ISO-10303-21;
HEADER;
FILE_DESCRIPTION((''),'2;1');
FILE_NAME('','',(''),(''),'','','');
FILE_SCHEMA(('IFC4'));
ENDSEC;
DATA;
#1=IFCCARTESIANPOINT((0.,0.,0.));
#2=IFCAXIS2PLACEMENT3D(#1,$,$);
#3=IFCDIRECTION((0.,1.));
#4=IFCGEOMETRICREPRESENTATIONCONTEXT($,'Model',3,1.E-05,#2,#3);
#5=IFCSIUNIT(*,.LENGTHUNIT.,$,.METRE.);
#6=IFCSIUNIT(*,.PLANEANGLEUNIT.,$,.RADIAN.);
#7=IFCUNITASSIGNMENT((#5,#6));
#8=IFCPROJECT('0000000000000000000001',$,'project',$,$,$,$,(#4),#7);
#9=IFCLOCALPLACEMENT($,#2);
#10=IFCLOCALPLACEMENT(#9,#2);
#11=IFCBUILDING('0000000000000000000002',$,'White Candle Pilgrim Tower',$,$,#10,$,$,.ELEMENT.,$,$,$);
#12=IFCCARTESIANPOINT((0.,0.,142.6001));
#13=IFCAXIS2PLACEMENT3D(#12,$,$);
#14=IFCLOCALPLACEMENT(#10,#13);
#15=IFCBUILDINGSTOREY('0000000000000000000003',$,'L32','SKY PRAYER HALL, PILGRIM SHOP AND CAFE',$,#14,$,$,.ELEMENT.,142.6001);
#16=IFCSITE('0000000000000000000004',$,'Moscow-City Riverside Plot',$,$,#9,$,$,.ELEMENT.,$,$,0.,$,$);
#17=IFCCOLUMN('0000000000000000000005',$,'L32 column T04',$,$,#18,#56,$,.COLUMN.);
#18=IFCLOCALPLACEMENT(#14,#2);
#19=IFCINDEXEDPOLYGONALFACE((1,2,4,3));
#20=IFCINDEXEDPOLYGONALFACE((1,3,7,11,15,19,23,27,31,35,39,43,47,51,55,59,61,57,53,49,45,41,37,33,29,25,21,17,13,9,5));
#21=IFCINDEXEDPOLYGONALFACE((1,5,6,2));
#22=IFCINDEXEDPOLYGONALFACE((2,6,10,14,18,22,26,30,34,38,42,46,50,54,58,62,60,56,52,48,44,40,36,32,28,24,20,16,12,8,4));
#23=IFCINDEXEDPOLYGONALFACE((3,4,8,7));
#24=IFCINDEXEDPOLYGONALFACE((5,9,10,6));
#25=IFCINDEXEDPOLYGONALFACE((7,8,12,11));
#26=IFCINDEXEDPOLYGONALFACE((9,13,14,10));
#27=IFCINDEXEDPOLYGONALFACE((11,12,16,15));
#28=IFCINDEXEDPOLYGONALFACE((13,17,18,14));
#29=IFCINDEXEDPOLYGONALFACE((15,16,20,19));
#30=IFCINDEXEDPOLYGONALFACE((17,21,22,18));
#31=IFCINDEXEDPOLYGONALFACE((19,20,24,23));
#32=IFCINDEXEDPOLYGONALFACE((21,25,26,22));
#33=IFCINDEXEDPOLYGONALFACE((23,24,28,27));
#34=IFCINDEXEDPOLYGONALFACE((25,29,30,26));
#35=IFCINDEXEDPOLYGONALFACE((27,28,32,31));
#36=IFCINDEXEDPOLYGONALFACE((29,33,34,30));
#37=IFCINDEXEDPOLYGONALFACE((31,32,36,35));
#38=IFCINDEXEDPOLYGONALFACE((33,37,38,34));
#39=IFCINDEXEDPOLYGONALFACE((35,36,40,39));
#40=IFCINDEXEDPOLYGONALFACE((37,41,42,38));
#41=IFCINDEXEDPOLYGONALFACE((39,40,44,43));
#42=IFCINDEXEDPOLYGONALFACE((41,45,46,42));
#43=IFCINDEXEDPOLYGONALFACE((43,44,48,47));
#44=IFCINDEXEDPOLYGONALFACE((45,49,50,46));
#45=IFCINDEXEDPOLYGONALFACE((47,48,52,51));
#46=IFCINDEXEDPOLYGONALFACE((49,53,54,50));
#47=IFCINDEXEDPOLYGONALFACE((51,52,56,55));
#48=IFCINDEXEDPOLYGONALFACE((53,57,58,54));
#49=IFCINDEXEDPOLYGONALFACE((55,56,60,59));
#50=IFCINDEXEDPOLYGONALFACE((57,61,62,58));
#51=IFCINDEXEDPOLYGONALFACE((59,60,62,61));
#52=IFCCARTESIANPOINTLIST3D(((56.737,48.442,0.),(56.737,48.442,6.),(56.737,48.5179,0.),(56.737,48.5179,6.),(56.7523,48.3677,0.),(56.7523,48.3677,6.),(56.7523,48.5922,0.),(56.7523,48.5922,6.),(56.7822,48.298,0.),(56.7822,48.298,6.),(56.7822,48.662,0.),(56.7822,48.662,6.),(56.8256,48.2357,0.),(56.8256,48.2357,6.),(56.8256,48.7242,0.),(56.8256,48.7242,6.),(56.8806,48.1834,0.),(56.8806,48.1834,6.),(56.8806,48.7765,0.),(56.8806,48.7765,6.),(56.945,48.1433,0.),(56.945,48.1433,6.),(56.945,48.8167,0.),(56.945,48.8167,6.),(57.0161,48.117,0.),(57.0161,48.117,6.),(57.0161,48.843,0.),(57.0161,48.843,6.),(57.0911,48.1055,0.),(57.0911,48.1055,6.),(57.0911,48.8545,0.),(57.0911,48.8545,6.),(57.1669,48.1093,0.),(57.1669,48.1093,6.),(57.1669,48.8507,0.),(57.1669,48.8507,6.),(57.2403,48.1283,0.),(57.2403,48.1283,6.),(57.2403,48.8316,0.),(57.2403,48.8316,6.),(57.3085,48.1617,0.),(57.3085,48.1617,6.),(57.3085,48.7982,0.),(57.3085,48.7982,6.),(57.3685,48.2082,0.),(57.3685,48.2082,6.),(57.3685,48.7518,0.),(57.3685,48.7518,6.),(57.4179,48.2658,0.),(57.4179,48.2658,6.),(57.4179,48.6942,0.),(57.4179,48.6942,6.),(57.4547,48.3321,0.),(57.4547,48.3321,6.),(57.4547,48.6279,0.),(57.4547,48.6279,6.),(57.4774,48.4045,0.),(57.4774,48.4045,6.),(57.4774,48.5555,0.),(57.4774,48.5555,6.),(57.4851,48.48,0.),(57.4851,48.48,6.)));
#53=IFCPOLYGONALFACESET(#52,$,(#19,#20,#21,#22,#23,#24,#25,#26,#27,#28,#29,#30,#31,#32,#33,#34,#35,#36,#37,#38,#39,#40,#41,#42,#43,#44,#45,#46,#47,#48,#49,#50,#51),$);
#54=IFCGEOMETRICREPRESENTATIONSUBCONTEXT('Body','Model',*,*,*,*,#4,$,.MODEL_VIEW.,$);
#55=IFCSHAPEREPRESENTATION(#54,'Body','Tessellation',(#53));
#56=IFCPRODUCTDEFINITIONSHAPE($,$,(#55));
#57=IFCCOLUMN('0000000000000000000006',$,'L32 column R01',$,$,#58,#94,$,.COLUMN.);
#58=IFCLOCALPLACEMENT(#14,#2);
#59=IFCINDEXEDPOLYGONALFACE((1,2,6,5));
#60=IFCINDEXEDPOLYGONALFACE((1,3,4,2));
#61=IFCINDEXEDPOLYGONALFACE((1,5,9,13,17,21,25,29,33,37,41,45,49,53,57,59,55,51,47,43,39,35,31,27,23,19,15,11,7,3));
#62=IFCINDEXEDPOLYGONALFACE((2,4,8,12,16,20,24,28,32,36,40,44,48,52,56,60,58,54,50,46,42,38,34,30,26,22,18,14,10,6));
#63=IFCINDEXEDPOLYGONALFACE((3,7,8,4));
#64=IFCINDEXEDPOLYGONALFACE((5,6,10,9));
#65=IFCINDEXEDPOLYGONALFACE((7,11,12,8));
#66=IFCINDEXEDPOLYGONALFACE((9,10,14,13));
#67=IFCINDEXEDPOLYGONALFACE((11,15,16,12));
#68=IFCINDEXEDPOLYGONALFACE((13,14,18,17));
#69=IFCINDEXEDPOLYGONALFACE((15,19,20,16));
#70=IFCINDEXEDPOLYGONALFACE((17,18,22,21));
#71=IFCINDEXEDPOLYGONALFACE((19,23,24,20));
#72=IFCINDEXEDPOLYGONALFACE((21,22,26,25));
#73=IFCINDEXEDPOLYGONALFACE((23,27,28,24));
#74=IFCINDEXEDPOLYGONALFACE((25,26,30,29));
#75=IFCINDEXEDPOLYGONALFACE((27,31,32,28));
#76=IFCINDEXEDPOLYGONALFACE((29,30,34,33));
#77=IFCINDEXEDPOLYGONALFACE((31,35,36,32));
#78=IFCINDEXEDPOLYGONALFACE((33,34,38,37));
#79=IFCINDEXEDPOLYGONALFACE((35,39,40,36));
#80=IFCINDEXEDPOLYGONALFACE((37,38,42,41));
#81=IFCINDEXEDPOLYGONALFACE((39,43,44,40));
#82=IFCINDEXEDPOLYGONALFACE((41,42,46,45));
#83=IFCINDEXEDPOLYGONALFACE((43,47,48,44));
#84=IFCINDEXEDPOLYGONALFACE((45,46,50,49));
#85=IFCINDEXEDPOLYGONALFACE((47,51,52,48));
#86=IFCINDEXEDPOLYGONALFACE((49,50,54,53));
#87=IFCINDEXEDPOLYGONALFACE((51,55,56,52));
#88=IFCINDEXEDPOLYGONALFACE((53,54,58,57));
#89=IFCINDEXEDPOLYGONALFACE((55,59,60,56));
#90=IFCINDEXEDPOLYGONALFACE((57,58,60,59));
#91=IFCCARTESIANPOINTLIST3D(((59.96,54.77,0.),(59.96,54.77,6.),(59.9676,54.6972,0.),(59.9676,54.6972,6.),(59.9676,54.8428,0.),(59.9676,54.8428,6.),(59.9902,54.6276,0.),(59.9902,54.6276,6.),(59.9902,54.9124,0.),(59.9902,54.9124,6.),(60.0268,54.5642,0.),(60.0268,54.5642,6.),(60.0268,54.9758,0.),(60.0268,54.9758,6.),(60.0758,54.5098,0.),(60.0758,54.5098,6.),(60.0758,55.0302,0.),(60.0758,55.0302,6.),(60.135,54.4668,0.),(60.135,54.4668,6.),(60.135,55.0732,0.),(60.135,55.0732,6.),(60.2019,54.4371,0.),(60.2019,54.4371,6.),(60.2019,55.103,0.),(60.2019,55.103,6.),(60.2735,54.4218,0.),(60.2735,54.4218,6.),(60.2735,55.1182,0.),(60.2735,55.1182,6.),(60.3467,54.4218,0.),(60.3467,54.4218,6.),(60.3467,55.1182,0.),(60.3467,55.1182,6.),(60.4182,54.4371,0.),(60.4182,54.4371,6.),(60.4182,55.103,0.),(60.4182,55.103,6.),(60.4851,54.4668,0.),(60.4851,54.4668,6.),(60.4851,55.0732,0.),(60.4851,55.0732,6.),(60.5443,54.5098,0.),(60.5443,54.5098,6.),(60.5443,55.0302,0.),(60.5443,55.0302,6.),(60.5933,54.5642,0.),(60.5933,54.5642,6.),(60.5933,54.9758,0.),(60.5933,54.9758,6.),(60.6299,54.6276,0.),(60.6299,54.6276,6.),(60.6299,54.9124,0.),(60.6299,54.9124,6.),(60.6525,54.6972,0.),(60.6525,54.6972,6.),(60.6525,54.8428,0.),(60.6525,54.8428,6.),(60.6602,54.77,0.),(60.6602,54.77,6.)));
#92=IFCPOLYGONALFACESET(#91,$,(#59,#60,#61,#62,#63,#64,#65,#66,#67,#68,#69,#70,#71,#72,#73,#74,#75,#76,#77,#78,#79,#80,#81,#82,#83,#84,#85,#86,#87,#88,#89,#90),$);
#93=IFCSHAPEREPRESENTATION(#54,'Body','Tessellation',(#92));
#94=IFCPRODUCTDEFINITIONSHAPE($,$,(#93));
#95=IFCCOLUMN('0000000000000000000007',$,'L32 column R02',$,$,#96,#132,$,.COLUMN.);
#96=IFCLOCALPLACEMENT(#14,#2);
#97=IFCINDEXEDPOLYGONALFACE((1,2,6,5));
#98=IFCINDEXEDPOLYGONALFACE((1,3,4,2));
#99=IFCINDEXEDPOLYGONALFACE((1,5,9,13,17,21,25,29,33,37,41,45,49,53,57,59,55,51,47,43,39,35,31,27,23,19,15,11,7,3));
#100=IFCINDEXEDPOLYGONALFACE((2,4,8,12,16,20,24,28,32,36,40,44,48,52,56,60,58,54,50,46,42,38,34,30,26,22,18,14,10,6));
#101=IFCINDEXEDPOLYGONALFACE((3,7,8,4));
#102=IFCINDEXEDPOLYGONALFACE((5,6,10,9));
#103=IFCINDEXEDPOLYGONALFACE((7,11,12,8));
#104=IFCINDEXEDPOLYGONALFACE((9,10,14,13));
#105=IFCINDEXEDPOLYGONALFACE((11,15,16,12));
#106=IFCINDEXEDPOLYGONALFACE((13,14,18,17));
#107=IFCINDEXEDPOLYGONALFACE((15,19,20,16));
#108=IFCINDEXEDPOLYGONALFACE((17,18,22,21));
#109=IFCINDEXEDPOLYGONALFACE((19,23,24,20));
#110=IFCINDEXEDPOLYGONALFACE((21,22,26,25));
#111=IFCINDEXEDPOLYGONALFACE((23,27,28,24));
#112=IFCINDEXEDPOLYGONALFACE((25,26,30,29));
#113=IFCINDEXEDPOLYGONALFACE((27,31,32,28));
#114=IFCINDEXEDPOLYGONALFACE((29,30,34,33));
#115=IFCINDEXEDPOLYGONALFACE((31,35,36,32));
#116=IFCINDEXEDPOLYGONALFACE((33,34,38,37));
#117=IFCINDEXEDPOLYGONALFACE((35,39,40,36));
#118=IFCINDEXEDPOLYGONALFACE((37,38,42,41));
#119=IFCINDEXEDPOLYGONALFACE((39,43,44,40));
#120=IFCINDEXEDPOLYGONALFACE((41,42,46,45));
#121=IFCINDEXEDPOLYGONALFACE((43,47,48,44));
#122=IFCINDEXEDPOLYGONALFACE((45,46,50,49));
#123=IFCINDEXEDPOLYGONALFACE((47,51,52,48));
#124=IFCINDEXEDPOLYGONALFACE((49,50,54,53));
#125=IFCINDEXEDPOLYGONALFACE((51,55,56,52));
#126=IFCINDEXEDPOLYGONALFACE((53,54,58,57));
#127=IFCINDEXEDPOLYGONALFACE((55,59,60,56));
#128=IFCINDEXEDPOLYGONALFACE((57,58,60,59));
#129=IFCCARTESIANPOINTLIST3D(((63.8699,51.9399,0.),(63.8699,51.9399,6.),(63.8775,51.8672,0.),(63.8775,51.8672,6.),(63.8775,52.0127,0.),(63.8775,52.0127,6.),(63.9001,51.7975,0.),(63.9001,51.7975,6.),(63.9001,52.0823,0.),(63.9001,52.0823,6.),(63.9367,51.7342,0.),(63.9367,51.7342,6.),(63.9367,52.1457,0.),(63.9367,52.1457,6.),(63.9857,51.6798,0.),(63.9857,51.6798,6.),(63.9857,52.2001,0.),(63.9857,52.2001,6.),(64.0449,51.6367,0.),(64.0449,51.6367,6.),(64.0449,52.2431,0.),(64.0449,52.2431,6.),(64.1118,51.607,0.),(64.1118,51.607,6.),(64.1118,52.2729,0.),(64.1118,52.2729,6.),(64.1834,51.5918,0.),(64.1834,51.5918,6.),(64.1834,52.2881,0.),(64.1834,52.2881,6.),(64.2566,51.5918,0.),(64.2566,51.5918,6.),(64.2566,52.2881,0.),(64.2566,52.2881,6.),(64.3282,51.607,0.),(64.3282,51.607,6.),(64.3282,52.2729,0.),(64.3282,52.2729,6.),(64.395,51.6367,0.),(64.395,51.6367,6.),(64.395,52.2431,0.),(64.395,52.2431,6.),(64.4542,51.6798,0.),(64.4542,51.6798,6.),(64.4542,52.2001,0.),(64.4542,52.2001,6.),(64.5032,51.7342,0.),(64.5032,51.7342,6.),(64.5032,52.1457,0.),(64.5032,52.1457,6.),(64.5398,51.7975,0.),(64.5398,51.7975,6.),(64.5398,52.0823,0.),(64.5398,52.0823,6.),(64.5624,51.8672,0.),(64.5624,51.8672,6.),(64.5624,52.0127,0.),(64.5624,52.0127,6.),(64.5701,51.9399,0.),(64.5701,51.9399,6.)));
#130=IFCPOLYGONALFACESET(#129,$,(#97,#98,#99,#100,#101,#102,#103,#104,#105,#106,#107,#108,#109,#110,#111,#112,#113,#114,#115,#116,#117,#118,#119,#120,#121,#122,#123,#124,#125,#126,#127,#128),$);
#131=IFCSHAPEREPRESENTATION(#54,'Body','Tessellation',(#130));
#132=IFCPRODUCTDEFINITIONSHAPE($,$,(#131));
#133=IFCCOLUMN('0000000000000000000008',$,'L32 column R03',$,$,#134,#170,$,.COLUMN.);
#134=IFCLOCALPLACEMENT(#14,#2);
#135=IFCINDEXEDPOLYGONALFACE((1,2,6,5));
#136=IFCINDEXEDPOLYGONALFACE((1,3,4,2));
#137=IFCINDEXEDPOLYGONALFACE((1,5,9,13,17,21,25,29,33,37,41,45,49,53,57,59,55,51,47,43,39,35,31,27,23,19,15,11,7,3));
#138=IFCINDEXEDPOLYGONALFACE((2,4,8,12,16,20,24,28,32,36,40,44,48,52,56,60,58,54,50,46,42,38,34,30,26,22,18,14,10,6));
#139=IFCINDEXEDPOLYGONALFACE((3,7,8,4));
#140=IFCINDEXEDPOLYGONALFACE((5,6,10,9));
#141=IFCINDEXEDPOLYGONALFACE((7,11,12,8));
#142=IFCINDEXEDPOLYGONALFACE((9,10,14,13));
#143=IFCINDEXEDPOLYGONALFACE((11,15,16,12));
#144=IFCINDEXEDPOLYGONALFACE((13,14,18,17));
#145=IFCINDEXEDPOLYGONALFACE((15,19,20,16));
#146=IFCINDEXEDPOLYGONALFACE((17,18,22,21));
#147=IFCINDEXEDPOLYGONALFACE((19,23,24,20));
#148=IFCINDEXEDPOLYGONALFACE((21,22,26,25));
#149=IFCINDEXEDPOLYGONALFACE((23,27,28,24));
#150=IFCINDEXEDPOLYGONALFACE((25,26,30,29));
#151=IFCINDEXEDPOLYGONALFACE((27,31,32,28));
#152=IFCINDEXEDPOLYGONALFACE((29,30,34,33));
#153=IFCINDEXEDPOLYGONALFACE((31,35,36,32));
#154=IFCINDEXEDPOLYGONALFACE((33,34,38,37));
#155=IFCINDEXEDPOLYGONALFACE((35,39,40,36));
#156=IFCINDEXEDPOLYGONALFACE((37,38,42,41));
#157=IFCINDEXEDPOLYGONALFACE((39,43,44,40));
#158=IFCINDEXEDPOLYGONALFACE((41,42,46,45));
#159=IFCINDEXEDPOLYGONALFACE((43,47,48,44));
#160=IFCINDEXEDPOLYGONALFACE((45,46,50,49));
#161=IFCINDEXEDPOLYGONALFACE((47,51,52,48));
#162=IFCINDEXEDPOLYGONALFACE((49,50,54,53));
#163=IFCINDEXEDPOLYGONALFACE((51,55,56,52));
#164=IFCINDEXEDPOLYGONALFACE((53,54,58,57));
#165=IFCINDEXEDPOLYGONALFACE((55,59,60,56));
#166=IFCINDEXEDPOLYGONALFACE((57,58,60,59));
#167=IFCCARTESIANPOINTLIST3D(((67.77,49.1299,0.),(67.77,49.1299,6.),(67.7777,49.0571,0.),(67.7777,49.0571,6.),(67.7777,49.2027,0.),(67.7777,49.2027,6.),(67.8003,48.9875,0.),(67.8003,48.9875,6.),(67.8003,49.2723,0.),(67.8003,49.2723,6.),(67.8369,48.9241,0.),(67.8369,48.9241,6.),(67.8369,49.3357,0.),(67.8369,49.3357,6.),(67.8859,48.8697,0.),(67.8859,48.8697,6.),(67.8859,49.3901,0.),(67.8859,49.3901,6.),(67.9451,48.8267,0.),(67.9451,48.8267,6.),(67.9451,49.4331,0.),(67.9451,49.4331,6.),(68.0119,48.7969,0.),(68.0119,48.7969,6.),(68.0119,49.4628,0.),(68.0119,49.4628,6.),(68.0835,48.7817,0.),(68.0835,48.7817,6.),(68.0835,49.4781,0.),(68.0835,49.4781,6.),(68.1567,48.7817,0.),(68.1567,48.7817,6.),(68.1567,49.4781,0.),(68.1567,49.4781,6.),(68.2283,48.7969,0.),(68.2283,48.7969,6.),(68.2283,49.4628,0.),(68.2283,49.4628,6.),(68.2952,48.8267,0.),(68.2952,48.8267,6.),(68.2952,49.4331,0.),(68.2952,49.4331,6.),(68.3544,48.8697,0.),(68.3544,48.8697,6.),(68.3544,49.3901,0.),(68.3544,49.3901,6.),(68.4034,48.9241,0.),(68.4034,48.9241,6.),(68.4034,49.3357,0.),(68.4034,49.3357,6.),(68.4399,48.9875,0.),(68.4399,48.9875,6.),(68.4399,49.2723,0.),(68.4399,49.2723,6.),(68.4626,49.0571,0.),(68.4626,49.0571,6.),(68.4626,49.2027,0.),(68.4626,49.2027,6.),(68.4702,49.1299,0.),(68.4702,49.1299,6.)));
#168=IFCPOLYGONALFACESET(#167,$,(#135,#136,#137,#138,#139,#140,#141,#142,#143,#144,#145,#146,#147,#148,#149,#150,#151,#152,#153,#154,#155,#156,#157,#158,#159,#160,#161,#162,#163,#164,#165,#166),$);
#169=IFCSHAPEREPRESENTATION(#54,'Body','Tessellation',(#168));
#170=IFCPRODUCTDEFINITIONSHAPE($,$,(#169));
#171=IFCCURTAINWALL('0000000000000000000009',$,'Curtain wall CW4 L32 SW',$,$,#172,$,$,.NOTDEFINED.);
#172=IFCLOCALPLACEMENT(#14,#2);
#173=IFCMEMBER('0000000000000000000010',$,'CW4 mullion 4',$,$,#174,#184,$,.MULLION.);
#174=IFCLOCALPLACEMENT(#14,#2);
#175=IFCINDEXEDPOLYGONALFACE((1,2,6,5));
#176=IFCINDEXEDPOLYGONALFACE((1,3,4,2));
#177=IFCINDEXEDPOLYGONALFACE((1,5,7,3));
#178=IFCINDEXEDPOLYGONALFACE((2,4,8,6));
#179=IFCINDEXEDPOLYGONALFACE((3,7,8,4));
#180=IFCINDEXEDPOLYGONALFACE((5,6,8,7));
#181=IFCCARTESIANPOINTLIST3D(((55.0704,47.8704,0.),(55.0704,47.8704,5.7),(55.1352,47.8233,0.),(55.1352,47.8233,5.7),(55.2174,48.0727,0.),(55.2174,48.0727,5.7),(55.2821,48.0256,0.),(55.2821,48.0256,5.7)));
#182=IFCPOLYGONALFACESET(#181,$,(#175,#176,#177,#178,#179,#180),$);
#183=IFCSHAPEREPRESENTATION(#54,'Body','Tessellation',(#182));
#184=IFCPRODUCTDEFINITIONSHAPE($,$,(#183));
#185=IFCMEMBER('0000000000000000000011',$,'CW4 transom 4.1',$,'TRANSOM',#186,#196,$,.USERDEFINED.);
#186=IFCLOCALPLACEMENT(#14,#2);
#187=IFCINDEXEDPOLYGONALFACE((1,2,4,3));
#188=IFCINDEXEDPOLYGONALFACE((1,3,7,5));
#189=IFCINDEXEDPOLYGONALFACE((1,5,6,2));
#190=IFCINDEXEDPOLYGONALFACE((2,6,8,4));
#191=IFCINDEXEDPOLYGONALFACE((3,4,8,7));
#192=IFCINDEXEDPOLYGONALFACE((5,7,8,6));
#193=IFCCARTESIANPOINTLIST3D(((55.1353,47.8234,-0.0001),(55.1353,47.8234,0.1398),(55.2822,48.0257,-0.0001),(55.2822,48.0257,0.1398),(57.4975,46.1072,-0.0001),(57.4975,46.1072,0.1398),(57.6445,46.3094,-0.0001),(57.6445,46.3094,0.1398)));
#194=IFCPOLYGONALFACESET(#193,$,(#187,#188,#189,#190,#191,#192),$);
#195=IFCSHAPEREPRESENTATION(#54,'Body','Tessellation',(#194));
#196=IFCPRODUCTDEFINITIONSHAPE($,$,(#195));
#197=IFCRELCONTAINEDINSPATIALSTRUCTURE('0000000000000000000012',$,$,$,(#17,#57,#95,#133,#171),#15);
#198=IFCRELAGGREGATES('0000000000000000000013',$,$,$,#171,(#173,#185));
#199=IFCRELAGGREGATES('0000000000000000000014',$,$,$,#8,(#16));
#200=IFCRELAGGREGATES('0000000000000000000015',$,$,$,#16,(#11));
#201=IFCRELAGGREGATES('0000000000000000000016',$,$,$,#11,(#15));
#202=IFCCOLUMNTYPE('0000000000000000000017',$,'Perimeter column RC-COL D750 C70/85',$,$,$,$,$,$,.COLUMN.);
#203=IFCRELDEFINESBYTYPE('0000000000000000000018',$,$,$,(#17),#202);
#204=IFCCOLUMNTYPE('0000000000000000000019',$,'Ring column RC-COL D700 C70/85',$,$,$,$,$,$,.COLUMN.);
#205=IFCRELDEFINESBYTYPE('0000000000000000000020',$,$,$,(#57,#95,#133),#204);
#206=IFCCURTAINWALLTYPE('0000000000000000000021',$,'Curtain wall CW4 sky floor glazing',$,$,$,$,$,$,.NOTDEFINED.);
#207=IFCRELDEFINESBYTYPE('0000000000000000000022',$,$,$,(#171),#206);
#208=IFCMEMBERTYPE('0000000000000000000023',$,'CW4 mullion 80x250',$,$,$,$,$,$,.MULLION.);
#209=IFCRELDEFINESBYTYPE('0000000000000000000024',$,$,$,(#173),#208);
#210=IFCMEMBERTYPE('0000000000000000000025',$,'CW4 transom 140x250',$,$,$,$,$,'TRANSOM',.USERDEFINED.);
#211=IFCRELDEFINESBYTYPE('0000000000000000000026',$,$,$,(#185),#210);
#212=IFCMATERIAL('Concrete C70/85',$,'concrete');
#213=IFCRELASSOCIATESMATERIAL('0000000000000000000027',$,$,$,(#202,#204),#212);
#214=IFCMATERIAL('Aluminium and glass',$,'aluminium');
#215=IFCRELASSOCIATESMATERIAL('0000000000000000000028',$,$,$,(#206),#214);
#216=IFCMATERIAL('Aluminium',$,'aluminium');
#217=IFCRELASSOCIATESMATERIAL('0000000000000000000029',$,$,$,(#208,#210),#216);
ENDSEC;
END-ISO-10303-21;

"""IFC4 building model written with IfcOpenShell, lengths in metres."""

from ifc_helpers import new_model, si_unit, direction, frame, origin, origin_2d, place, context, subcontext, project, spatial, rectangle, circle, extrude, material, material_profile, profile_set, type_object, element, aggregate, save


model = new_model("IFC4")

# Units and contexts
model_context = context("Model", 3, precision=1e-05, world=origin(), true_north=direction((0.0, 1.0)))
body_context = subcontext(model_context, "Body", "Model", "MODEL_VIEW")
ifc_project = project(units=[si_unit("LENGTHUNIT", "METRE"), si_unit("PLANEANGLEUNIT", "RADIAN")], contexts=[model_context])

# Site, building, storey
site_placement = place(None, origin())
site = spatial("IfcSite", under=ifc_project, at=site_placement, Name="Moscow-City Riverside Plot", CompositionType="ELEMENT", RefElevation=0.0)
building_placement = place(site_placement, origin())
building = spatial("IfcBuilding", under=site, at=building_placement, Name="White Candle Pilgrim Tower", CompositionType="ELEMENT")
storey_placement = place(building_placement, frame((0.0, 0.0, 142.6001)))
storey = spatial("IfcBuildingStorey", under=building, at=storey_placement, Name="L32", Description="SKY PRAYER HALL, PILGRIM SHOP AND CAFE", CompositionType="ELEMENT", Elevation=142.6001)

# Columns
ifc_material_1 = material(Name="Concrete C70/85", Category="concrete")
ifc_material_profile_1 = material_profile(ifc_material_1, circle(Radius=0.375, at=origin_2d()), Name="RC-COL D750")
ifc_profile_set_1 = profile_set([ifc_material_profile_1], Name="Concrete C70/85")
column_type_1 = type_object("IfcColumnType", Name="Perimeter column RC-COL D750 C70/85", PredefinedType="COLUMN", material=ifc_profile_set_1)
column_placement = place(storey_placement, frame((57.1101, 48.48, 0.0), z_axis=(0.0, 0.0, 1.0), x_axis=(1.0, 0.0, 0.0)))
element("IfcColumn", 1, at=column_placement, inside=storey, type_object=column_type_1, Name="L32 column T04", PredefinedType="COLUMN", context=body_context, shape_type="SweptSolid", body=[
    extrude(circle(Radius=0.375, at=origin_2d()), origin(), (0.0, 0.0, 1.0), 6.0),
])
ifc_material_profile_2 = material_profile(ifc_material_1, circle(Radius=0.3501, at=origin_2d()), Name="RC-COL D700")
ifc_profile_set_2 = profile_set([ifc_material_profile_2], Name="Concrete C70/85")
column_type_2 = type_object("IfcColumnType", Name="Ring column RC-COL D700 C70/85", PredefinedType="COLUMN", material=ifc_profile_set_2)
for number, where, z_axis, x_axis, name in (
    (2, (60.3101, 54.77, 0.0), (0.0, 0.0, 1.0), (1.0, 0.0, 0.0), "L32 column R01"),
    (3, (64.22, 51.9399, 0.0), (0.0, 0.0, 1.0), (1.0, 0.0, 0.0), "L32 column R02"),
    (4, (68.1201, 49.1299, 0.0), (0.0, 0.0, 1.0), (1.0, 0.0, 0.0), "L32 column R03"),
):
    element("IfcColumn", number, at=place(storey_placement, frame(where, z_axis=z_axis, x_axis=x_axis)), inside=storey, type_object=column_type_2, Name=name, PredefinedType="COLUMN", context=body_context, shape_type="SweptSolid", body=[
        extrude(circle(Radius=0.3501, at=origin_2d()), origin(), (0.0, 0.0, 1.0), 6.0),
    ])

# Curtain wall, members
ifc_material_2 = material(Name="Aluminium and glass", Category="aluminium")
curtain_wall_type = type_object("IfcCurtainWallType", Name="Curtain wall CW4 sky floor glazing", PredefinedType="NOTDEFINED", material=ifc_material_2)
curtain_wall_placement = place(storey_placement, origin())
curtain_wall = element("IfcCurtainWall", 5, at=curtain_wall_placement, inside=storey, type_object=curtain_wall_type, Name="Curtain wall CW4 L32 SW", PredefinedType="NOTDEFINED")
ifc_material_3 = material(Name="Aluminium", Category="aluminium")
ifc_material_profile_3 = material_profile(ifc_material_3, rectangle(XDim=0.25, YDim=0.0801, at=origin_2d()), Name="CW4 mullion 80x250")
ifc_profile_set_3 = profile_set([ifc_material_profile_3], Name="Aluminium")
member_type_1 = type_object("IfcMemberType", Name="CW4 mullion 80x250", PredefinedType="MULLION", material=ifc_profile_set_3)
member_1_placement = place(storey_placement, frame((55.1763, 47.948, 0.0), z_axis=(0.0, 0.0, 1.0), x_axis=(0.587785, 0.809017, 0.0)))
member_1 = element("IfcMember", 6, at=member_1_placement, type_object=member_type_1, Name="CW4 mullion 4", PredefinedType="MULLION", context=body_context, shape_type="SweptSolid", body=[
    extrude(rectangle(XDim=0.25, YDim=0.0801, at=origin_2d()), origin(), (0.0, 0.0, 1.0), 5.7),
])
ifc_material_profile_4 = material_profile(ifc_material_3, rectangle(XDim=0.25, YDim=0.1399, at=origin_2d()), Name="CW4 transom 140x250")
ifc_profile_set_4 = profile_set([ifc_material_profile_4], Name="Aluminium")
member_type_2 = type_object("IfcMemberType", Name="CW4 transom 140x250", ElementType="TRANSOM", PredefinedType="USERDEFINED", material=ifc_profile_set_4)
member_2_placement = place(storey_placement, frame((55.2087, 47.9246, 0.0698), z_axis=(0.809018, -0.587784, 0.0), x_axis=(0.587784, 0.809018, 0.0)))
member_2 = element("IfcMember", 7, at=member_2_placement, type_object=member_type_2, Name="CW4 transom 4.1", ObjectType="TRANSOM", PredefinedType="USERDEFINED", context=body_context, shape_type="SweptSolid", body=[
    extrude(rectangle(XDim=0.25, YDim=0.1399, at=origin_2d()), origin(), (0.0, 0.0, 1.0), 2.9199),
])

aggregate(curtain_wall, [member_1, member_2])

save(model, "model.ifc")
